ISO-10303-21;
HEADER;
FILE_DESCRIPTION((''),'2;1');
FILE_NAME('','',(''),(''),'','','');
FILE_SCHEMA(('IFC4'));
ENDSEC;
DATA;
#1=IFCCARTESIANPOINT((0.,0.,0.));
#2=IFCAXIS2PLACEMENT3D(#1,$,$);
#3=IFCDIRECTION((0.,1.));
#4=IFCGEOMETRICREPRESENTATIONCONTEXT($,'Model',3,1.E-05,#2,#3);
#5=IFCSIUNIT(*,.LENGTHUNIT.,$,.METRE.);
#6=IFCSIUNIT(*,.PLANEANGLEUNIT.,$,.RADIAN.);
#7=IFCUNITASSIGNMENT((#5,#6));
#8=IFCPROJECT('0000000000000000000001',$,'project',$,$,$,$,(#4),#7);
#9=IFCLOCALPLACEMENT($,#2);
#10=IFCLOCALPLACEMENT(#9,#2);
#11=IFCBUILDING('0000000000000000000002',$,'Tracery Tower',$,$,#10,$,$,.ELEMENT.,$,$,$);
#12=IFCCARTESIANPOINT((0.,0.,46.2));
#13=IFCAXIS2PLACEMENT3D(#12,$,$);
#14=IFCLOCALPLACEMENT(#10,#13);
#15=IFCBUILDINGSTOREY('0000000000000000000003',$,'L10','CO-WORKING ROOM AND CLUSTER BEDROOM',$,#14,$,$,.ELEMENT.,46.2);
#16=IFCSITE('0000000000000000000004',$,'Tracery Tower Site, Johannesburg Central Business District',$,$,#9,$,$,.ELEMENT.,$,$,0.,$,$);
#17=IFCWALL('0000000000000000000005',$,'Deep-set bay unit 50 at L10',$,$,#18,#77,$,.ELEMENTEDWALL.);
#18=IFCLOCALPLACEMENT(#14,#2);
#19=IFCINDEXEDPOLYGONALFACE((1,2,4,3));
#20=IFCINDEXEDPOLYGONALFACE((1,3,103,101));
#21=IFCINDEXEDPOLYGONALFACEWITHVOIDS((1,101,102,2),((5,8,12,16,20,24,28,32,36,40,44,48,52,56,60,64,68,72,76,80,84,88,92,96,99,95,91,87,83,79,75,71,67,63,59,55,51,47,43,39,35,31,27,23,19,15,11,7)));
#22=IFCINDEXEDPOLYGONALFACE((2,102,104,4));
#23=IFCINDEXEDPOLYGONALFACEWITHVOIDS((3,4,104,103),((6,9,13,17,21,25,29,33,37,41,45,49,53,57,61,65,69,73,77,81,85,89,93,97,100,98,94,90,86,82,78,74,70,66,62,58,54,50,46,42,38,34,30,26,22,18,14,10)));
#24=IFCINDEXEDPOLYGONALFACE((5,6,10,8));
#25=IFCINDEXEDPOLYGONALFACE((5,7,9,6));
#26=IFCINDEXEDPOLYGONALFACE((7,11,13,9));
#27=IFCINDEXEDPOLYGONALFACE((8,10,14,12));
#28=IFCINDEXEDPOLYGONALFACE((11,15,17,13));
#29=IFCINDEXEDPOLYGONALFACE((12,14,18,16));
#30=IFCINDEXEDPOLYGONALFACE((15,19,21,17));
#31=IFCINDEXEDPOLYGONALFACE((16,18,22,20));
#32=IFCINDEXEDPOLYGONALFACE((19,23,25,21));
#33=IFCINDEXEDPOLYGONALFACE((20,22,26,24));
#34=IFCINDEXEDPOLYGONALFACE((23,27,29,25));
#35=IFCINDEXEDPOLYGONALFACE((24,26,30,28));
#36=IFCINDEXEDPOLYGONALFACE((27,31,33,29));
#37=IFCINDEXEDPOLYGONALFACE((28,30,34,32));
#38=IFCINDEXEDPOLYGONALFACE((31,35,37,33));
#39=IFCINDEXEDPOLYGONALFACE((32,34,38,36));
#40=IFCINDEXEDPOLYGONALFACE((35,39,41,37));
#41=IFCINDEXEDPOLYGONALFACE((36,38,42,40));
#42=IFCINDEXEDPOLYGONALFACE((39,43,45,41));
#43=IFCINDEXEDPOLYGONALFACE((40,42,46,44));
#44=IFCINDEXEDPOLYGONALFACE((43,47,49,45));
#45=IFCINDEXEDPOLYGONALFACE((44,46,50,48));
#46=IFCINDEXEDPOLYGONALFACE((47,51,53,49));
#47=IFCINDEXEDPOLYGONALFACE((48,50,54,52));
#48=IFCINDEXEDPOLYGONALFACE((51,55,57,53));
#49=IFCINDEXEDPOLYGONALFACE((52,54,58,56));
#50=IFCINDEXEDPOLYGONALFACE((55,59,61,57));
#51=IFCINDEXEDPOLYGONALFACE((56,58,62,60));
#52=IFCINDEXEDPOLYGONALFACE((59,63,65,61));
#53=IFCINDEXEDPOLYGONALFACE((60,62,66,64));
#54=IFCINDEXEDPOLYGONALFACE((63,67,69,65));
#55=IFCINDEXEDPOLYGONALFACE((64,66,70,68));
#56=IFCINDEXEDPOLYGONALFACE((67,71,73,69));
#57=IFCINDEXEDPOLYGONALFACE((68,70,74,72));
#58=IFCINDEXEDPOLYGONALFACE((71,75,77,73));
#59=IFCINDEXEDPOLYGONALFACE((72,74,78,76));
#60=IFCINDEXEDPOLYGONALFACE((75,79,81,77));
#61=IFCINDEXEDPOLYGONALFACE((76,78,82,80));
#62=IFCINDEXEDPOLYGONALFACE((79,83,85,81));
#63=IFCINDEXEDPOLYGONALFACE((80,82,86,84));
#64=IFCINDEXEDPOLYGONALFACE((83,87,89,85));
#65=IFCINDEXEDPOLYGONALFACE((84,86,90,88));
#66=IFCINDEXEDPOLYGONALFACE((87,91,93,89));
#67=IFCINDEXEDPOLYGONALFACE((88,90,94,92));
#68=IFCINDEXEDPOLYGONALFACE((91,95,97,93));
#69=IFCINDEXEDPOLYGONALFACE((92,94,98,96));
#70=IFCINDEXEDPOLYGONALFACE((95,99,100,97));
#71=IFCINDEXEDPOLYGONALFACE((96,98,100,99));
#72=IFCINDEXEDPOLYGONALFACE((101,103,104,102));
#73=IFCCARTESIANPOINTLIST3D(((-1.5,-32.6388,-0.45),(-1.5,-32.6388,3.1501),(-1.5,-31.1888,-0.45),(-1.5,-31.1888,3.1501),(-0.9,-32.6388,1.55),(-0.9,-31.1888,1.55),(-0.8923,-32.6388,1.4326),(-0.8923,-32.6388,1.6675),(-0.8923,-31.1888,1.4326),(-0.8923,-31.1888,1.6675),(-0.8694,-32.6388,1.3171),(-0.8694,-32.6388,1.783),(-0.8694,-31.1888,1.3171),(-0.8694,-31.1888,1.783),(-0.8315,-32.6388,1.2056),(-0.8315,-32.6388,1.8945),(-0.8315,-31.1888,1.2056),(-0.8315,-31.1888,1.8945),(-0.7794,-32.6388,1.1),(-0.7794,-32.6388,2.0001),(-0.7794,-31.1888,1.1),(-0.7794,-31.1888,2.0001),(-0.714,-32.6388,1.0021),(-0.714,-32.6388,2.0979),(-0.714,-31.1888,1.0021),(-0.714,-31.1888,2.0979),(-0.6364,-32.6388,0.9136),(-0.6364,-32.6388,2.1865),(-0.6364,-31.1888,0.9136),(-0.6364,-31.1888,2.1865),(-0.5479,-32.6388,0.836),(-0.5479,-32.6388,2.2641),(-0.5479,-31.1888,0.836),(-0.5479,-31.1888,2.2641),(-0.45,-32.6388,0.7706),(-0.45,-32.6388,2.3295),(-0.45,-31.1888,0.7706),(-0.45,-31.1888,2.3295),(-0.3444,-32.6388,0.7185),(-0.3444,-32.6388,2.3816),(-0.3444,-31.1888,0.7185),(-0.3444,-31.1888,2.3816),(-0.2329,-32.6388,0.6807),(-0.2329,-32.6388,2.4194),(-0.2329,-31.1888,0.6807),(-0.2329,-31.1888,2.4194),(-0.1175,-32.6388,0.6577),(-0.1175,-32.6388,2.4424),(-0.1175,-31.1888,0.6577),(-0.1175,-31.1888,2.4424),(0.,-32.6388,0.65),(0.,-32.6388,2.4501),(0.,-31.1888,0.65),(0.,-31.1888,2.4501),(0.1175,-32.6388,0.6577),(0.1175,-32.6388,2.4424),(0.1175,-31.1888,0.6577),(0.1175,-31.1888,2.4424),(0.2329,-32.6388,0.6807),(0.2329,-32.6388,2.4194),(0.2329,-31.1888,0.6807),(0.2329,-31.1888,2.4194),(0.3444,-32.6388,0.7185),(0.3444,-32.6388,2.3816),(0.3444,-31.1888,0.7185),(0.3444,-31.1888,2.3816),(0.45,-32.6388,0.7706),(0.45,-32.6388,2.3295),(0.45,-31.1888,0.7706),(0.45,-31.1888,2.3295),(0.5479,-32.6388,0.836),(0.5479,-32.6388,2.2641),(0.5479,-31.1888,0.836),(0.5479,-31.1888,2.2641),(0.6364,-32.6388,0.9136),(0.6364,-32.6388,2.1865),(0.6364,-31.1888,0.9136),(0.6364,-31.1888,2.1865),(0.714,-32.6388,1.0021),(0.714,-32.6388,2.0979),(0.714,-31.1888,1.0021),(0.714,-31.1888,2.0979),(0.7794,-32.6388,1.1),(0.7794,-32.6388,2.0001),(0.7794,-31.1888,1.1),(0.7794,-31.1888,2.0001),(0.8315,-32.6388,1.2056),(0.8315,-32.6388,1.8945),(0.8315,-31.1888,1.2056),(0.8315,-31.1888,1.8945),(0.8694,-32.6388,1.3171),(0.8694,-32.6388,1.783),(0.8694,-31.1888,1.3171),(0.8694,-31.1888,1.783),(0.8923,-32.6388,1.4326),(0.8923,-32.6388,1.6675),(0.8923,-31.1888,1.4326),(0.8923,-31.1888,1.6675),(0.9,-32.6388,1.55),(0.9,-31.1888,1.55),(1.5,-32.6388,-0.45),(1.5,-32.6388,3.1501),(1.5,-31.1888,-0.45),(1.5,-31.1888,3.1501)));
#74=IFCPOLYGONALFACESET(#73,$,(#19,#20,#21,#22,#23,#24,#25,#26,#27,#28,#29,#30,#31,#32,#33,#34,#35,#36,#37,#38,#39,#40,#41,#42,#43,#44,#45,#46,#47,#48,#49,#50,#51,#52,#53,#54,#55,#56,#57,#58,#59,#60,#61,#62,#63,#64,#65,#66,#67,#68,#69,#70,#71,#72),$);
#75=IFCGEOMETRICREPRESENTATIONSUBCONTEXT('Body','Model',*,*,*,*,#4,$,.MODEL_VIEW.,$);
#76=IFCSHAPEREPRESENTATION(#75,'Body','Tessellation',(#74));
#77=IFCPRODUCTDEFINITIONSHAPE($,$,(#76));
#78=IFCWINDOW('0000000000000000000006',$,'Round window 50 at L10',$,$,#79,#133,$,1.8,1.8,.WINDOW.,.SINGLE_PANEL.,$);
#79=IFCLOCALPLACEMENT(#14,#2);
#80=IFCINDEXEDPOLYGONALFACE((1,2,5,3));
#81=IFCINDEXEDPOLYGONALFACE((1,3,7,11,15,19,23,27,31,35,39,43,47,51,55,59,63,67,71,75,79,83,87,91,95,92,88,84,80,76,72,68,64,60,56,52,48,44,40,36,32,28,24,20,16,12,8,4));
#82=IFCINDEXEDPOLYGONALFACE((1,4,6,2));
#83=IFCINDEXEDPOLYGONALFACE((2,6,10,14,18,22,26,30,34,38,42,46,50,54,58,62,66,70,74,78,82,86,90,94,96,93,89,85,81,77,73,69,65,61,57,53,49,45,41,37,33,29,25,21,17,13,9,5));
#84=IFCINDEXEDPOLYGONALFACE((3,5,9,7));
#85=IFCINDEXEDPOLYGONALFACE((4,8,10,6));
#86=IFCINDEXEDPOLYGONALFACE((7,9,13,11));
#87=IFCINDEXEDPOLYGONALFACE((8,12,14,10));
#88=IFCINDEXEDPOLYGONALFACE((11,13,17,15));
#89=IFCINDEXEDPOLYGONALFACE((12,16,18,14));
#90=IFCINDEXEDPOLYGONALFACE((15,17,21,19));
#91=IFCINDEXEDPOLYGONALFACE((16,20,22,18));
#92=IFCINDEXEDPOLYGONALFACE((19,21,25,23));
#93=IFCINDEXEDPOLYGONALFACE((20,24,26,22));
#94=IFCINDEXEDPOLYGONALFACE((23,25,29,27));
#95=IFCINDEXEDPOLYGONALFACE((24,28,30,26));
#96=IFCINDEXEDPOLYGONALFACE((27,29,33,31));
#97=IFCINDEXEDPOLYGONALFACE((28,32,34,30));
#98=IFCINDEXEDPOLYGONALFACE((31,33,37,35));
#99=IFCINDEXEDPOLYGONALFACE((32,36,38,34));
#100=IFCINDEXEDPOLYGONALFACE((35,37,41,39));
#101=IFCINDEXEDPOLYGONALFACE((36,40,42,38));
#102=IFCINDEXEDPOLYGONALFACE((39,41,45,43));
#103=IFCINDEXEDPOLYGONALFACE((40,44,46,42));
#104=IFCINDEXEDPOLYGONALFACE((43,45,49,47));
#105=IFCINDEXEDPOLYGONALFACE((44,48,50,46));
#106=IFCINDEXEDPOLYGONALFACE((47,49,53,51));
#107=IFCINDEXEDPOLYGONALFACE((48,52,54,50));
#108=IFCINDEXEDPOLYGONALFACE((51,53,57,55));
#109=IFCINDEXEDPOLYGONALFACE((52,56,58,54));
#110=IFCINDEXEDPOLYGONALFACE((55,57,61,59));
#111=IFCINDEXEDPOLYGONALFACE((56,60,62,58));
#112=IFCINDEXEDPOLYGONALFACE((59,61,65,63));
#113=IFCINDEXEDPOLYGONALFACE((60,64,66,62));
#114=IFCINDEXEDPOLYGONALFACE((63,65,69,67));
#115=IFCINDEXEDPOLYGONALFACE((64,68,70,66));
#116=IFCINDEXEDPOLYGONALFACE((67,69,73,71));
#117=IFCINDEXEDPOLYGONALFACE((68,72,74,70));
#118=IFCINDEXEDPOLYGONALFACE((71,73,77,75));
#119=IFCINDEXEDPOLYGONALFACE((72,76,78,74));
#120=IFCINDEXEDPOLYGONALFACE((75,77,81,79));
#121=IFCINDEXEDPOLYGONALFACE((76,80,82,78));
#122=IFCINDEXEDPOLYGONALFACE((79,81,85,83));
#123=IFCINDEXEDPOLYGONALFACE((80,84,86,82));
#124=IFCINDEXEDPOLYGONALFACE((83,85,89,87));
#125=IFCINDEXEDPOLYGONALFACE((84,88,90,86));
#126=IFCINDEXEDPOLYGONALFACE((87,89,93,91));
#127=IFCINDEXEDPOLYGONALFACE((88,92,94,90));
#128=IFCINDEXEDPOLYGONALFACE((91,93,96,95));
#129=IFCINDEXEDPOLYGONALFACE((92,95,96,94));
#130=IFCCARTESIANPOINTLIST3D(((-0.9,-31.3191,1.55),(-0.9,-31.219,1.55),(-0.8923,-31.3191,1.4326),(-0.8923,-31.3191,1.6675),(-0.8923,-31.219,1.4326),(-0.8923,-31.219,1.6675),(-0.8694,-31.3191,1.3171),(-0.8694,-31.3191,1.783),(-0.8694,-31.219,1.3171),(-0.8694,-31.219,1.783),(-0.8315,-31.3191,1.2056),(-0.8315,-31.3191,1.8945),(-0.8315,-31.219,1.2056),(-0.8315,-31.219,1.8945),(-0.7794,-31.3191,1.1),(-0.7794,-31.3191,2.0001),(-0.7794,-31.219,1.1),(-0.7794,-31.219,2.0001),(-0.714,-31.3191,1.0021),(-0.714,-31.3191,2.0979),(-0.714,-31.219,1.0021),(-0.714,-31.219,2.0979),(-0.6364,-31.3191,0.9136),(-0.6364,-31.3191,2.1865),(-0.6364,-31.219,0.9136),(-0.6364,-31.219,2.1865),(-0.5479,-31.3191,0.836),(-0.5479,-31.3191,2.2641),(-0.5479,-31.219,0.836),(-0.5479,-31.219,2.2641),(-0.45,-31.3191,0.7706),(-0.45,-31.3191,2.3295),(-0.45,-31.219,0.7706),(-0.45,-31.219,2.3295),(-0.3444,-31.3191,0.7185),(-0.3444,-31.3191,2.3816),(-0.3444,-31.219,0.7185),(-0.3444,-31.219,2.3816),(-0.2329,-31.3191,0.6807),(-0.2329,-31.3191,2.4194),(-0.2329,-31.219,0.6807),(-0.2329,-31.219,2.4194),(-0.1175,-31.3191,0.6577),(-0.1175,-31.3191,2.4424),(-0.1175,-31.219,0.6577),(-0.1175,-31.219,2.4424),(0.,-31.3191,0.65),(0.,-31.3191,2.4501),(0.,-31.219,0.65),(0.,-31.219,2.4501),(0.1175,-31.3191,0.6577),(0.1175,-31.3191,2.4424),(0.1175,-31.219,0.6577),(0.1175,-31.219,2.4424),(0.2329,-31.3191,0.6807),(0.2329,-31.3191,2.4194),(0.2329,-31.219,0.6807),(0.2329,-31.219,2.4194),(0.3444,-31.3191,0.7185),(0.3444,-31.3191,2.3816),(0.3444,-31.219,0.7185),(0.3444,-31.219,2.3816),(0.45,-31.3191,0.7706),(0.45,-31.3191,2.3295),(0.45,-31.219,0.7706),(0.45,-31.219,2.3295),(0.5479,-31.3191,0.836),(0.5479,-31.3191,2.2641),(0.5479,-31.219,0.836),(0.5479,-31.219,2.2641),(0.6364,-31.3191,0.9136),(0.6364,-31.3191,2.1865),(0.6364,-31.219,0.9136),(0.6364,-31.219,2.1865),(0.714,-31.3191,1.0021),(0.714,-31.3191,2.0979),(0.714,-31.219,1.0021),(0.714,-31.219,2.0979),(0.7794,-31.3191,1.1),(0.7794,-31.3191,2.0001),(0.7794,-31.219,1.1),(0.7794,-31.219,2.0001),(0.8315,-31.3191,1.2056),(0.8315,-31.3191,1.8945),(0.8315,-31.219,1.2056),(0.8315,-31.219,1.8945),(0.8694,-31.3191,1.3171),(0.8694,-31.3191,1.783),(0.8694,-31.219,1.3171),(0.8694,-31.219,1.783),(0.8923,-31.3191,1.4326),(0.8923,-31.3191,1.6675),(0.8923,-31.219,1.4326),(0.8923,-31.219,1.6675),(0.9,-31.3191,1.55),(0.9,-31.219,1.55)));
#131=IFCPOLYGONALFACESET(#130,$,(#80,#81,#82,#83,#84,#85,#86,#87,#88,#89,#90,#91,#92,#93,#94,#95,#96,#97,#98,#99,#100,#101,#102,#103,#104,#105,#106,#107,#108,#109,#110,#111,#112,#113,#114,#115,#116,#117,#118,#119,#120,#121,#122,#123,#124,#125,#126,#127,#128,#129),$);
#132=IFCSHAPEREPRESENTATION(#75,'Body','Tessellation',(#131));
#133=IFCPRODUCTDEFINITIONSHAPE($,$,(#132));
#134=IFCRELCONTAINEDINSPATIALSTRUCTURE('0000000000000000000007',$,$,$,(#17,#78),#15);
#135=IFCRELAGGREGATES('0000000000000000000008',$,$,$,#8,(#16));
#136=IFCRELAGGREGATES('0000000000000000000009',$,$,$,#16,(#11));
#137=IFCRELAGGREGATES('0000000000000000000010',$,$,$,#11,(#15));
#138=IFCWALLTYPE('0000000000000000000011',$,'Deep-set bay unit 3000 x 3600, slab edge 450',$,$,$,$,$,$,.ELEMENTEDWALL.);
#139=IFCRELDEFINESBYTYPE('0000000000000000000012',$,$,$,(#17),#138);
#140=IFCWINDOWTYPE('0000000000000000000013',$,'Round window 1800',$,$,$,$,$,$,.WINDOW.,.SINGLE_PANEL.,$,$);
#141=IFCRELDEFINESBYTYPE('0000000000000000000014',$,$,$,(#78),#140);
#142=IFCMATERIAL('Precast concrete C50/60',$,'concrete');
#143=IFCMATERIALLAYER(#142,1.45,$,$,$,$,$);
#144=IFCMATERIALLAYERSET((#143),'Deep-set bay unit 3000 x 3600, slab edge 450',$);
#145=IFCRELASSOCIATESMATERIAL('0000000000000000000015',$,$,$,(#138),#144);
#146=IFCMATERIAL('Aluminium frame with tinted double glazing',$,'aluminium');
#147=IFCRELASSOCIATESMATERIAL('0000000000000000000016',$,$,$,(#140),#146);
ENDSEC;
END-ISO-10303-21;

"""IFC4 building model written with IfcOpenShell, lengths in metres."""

from ifc_helpers import new_model, si_unit, direction, frame, frame_2d, origin, origin_2d, place, context, subcontext, project, spatial, rectangle, circle, extrude, material, layer, layer_set, type_object, element, fill, save


model = new_model("IFC4")

# Units and contexts
model_context = context("Model", 3, precision=1e-05, world=origin(), true_north=direction((0.0, 1.0)))
body_context = subcontext(model_context, "Body", "Model", "MODEL_VIEW")
ifc_project = project(units=[si_unit("LENGTHUNIT", "METRE"), si_unit("PLANEANGLEUNIT", "RADIAN")], contexts=[model_context])

# Site, building, storey
site_placement = place(None, origin())
site = spatial("IfcSite", under=ifc_project, at=site_placement, Name="Tracery Tower Site, Johannesburg Central Business District", CompositionType="ELEMENT", RefElevation=0.0)
building_placement = place(site_placement, origin())
building = spatial("IfcBuilding", under=site, at=building_placement, Name="Tracery Tower", CompositionType="ELEMENT")
storey_placement = place(building_placement, frame((0.0, 0.0, 46.2)))
storey = spatial("IfcBuildingStorey", under=building, at=storey_placement, Name="L10", Description="CO-WORKING ROOM AND CLUSTER BEDROOM", CompositionType="ELEMENT", Elevation=46.2)

# Wall, opening, window
ifc_material_1 = material(Name="Precast concrete C50/60", Category="concrete")
ifc_layer_1 = layer(ifc_material_1, 1.45)
ifc_layer_set_1 = layer_set([ifc_layer_1], Name="Deep-set bay unit 3000 x 3600, slab edge 450")
wall_type_1 = type_object("IfcWallType", Name="Deep-set bay unit 3000 x 3600, slab edge 450", PredefinedType="ELEMENTEDWALL", material=ifc_layer_set_1)
ifc_material_2 = material(Name="Aluminium frame with tinted double glazing", Category="aluminium")
window_type = type_object("IfcWindowType", Name="Round window 1800", PartitioningType="SINGLE_PANEL", PredefinedType="WINDOW", material=ifc_material_2)
wall_1_placement = place(storey_placement, frame((-1.5, -31.9138, -0.45), z_axis=(0.0, 0.0, 1.0), x_axis=(1.0, 0.0, 0.0)))
wall_1 = element("IfcWall", 1, at=wall_1_placement, inside=storey, type_object=wall_type_1, Name="Deep-set bay unit 50 at L10", PredefinedType="ELEMENTEDWALL", context=body_context, shape_type="SweptSolid", body=[
    extrude(rectangle(XDim=3.0, YDim=1.45, at=frame_2d((1.5, 0.0))), origin(), (0.0, 0.0, 1.0), 3.6001),
])
opening_1_placement = place(wall_1_placement, frame((1.5, 0.0, 2.0)))
opening_1 = element("IfcOpeningElement", 2, at=opening_1_placement, cuts=wall_1, PredefinedType="OPENING", context=body_context, shape_type="SweptSolid", body=[
    extrude(circle(Radius=0.9, at=origin_2d()), frame((0.0, 0.7349, 0.0), z_axis=(0.0, -1.0, 0.0), x_axis=(1.0, 0.0, 0.0)), (0.0, 0.0, 1.0), 1.47),
])
window_1_placement = place(opening_1_placement, origin())
window_1 = element("IfcWindow", 3, at=window_1_placement, inside=storey, type_object=window_type, Name="Round window 50 at L10", OverallHeight=1.8, OverallWidth=1.8, PartitioningType="SINGLE_PANEL", PredefinedType="WINDOW", context=body_context, shape_type="SweptSolid", body=[
    extrude(circle(Radius=0.9, at=origin_2d()), frame((0.0, 0.6948, 0.0), z_axis=(0.0, -1.0, 0.0), x_axis=(1.0, 0.0, 0.0)), (0.0, 0.0, 1.0), 0.1001),
])
fill(opening_1, window_1)

save(model, "model.ifc")
